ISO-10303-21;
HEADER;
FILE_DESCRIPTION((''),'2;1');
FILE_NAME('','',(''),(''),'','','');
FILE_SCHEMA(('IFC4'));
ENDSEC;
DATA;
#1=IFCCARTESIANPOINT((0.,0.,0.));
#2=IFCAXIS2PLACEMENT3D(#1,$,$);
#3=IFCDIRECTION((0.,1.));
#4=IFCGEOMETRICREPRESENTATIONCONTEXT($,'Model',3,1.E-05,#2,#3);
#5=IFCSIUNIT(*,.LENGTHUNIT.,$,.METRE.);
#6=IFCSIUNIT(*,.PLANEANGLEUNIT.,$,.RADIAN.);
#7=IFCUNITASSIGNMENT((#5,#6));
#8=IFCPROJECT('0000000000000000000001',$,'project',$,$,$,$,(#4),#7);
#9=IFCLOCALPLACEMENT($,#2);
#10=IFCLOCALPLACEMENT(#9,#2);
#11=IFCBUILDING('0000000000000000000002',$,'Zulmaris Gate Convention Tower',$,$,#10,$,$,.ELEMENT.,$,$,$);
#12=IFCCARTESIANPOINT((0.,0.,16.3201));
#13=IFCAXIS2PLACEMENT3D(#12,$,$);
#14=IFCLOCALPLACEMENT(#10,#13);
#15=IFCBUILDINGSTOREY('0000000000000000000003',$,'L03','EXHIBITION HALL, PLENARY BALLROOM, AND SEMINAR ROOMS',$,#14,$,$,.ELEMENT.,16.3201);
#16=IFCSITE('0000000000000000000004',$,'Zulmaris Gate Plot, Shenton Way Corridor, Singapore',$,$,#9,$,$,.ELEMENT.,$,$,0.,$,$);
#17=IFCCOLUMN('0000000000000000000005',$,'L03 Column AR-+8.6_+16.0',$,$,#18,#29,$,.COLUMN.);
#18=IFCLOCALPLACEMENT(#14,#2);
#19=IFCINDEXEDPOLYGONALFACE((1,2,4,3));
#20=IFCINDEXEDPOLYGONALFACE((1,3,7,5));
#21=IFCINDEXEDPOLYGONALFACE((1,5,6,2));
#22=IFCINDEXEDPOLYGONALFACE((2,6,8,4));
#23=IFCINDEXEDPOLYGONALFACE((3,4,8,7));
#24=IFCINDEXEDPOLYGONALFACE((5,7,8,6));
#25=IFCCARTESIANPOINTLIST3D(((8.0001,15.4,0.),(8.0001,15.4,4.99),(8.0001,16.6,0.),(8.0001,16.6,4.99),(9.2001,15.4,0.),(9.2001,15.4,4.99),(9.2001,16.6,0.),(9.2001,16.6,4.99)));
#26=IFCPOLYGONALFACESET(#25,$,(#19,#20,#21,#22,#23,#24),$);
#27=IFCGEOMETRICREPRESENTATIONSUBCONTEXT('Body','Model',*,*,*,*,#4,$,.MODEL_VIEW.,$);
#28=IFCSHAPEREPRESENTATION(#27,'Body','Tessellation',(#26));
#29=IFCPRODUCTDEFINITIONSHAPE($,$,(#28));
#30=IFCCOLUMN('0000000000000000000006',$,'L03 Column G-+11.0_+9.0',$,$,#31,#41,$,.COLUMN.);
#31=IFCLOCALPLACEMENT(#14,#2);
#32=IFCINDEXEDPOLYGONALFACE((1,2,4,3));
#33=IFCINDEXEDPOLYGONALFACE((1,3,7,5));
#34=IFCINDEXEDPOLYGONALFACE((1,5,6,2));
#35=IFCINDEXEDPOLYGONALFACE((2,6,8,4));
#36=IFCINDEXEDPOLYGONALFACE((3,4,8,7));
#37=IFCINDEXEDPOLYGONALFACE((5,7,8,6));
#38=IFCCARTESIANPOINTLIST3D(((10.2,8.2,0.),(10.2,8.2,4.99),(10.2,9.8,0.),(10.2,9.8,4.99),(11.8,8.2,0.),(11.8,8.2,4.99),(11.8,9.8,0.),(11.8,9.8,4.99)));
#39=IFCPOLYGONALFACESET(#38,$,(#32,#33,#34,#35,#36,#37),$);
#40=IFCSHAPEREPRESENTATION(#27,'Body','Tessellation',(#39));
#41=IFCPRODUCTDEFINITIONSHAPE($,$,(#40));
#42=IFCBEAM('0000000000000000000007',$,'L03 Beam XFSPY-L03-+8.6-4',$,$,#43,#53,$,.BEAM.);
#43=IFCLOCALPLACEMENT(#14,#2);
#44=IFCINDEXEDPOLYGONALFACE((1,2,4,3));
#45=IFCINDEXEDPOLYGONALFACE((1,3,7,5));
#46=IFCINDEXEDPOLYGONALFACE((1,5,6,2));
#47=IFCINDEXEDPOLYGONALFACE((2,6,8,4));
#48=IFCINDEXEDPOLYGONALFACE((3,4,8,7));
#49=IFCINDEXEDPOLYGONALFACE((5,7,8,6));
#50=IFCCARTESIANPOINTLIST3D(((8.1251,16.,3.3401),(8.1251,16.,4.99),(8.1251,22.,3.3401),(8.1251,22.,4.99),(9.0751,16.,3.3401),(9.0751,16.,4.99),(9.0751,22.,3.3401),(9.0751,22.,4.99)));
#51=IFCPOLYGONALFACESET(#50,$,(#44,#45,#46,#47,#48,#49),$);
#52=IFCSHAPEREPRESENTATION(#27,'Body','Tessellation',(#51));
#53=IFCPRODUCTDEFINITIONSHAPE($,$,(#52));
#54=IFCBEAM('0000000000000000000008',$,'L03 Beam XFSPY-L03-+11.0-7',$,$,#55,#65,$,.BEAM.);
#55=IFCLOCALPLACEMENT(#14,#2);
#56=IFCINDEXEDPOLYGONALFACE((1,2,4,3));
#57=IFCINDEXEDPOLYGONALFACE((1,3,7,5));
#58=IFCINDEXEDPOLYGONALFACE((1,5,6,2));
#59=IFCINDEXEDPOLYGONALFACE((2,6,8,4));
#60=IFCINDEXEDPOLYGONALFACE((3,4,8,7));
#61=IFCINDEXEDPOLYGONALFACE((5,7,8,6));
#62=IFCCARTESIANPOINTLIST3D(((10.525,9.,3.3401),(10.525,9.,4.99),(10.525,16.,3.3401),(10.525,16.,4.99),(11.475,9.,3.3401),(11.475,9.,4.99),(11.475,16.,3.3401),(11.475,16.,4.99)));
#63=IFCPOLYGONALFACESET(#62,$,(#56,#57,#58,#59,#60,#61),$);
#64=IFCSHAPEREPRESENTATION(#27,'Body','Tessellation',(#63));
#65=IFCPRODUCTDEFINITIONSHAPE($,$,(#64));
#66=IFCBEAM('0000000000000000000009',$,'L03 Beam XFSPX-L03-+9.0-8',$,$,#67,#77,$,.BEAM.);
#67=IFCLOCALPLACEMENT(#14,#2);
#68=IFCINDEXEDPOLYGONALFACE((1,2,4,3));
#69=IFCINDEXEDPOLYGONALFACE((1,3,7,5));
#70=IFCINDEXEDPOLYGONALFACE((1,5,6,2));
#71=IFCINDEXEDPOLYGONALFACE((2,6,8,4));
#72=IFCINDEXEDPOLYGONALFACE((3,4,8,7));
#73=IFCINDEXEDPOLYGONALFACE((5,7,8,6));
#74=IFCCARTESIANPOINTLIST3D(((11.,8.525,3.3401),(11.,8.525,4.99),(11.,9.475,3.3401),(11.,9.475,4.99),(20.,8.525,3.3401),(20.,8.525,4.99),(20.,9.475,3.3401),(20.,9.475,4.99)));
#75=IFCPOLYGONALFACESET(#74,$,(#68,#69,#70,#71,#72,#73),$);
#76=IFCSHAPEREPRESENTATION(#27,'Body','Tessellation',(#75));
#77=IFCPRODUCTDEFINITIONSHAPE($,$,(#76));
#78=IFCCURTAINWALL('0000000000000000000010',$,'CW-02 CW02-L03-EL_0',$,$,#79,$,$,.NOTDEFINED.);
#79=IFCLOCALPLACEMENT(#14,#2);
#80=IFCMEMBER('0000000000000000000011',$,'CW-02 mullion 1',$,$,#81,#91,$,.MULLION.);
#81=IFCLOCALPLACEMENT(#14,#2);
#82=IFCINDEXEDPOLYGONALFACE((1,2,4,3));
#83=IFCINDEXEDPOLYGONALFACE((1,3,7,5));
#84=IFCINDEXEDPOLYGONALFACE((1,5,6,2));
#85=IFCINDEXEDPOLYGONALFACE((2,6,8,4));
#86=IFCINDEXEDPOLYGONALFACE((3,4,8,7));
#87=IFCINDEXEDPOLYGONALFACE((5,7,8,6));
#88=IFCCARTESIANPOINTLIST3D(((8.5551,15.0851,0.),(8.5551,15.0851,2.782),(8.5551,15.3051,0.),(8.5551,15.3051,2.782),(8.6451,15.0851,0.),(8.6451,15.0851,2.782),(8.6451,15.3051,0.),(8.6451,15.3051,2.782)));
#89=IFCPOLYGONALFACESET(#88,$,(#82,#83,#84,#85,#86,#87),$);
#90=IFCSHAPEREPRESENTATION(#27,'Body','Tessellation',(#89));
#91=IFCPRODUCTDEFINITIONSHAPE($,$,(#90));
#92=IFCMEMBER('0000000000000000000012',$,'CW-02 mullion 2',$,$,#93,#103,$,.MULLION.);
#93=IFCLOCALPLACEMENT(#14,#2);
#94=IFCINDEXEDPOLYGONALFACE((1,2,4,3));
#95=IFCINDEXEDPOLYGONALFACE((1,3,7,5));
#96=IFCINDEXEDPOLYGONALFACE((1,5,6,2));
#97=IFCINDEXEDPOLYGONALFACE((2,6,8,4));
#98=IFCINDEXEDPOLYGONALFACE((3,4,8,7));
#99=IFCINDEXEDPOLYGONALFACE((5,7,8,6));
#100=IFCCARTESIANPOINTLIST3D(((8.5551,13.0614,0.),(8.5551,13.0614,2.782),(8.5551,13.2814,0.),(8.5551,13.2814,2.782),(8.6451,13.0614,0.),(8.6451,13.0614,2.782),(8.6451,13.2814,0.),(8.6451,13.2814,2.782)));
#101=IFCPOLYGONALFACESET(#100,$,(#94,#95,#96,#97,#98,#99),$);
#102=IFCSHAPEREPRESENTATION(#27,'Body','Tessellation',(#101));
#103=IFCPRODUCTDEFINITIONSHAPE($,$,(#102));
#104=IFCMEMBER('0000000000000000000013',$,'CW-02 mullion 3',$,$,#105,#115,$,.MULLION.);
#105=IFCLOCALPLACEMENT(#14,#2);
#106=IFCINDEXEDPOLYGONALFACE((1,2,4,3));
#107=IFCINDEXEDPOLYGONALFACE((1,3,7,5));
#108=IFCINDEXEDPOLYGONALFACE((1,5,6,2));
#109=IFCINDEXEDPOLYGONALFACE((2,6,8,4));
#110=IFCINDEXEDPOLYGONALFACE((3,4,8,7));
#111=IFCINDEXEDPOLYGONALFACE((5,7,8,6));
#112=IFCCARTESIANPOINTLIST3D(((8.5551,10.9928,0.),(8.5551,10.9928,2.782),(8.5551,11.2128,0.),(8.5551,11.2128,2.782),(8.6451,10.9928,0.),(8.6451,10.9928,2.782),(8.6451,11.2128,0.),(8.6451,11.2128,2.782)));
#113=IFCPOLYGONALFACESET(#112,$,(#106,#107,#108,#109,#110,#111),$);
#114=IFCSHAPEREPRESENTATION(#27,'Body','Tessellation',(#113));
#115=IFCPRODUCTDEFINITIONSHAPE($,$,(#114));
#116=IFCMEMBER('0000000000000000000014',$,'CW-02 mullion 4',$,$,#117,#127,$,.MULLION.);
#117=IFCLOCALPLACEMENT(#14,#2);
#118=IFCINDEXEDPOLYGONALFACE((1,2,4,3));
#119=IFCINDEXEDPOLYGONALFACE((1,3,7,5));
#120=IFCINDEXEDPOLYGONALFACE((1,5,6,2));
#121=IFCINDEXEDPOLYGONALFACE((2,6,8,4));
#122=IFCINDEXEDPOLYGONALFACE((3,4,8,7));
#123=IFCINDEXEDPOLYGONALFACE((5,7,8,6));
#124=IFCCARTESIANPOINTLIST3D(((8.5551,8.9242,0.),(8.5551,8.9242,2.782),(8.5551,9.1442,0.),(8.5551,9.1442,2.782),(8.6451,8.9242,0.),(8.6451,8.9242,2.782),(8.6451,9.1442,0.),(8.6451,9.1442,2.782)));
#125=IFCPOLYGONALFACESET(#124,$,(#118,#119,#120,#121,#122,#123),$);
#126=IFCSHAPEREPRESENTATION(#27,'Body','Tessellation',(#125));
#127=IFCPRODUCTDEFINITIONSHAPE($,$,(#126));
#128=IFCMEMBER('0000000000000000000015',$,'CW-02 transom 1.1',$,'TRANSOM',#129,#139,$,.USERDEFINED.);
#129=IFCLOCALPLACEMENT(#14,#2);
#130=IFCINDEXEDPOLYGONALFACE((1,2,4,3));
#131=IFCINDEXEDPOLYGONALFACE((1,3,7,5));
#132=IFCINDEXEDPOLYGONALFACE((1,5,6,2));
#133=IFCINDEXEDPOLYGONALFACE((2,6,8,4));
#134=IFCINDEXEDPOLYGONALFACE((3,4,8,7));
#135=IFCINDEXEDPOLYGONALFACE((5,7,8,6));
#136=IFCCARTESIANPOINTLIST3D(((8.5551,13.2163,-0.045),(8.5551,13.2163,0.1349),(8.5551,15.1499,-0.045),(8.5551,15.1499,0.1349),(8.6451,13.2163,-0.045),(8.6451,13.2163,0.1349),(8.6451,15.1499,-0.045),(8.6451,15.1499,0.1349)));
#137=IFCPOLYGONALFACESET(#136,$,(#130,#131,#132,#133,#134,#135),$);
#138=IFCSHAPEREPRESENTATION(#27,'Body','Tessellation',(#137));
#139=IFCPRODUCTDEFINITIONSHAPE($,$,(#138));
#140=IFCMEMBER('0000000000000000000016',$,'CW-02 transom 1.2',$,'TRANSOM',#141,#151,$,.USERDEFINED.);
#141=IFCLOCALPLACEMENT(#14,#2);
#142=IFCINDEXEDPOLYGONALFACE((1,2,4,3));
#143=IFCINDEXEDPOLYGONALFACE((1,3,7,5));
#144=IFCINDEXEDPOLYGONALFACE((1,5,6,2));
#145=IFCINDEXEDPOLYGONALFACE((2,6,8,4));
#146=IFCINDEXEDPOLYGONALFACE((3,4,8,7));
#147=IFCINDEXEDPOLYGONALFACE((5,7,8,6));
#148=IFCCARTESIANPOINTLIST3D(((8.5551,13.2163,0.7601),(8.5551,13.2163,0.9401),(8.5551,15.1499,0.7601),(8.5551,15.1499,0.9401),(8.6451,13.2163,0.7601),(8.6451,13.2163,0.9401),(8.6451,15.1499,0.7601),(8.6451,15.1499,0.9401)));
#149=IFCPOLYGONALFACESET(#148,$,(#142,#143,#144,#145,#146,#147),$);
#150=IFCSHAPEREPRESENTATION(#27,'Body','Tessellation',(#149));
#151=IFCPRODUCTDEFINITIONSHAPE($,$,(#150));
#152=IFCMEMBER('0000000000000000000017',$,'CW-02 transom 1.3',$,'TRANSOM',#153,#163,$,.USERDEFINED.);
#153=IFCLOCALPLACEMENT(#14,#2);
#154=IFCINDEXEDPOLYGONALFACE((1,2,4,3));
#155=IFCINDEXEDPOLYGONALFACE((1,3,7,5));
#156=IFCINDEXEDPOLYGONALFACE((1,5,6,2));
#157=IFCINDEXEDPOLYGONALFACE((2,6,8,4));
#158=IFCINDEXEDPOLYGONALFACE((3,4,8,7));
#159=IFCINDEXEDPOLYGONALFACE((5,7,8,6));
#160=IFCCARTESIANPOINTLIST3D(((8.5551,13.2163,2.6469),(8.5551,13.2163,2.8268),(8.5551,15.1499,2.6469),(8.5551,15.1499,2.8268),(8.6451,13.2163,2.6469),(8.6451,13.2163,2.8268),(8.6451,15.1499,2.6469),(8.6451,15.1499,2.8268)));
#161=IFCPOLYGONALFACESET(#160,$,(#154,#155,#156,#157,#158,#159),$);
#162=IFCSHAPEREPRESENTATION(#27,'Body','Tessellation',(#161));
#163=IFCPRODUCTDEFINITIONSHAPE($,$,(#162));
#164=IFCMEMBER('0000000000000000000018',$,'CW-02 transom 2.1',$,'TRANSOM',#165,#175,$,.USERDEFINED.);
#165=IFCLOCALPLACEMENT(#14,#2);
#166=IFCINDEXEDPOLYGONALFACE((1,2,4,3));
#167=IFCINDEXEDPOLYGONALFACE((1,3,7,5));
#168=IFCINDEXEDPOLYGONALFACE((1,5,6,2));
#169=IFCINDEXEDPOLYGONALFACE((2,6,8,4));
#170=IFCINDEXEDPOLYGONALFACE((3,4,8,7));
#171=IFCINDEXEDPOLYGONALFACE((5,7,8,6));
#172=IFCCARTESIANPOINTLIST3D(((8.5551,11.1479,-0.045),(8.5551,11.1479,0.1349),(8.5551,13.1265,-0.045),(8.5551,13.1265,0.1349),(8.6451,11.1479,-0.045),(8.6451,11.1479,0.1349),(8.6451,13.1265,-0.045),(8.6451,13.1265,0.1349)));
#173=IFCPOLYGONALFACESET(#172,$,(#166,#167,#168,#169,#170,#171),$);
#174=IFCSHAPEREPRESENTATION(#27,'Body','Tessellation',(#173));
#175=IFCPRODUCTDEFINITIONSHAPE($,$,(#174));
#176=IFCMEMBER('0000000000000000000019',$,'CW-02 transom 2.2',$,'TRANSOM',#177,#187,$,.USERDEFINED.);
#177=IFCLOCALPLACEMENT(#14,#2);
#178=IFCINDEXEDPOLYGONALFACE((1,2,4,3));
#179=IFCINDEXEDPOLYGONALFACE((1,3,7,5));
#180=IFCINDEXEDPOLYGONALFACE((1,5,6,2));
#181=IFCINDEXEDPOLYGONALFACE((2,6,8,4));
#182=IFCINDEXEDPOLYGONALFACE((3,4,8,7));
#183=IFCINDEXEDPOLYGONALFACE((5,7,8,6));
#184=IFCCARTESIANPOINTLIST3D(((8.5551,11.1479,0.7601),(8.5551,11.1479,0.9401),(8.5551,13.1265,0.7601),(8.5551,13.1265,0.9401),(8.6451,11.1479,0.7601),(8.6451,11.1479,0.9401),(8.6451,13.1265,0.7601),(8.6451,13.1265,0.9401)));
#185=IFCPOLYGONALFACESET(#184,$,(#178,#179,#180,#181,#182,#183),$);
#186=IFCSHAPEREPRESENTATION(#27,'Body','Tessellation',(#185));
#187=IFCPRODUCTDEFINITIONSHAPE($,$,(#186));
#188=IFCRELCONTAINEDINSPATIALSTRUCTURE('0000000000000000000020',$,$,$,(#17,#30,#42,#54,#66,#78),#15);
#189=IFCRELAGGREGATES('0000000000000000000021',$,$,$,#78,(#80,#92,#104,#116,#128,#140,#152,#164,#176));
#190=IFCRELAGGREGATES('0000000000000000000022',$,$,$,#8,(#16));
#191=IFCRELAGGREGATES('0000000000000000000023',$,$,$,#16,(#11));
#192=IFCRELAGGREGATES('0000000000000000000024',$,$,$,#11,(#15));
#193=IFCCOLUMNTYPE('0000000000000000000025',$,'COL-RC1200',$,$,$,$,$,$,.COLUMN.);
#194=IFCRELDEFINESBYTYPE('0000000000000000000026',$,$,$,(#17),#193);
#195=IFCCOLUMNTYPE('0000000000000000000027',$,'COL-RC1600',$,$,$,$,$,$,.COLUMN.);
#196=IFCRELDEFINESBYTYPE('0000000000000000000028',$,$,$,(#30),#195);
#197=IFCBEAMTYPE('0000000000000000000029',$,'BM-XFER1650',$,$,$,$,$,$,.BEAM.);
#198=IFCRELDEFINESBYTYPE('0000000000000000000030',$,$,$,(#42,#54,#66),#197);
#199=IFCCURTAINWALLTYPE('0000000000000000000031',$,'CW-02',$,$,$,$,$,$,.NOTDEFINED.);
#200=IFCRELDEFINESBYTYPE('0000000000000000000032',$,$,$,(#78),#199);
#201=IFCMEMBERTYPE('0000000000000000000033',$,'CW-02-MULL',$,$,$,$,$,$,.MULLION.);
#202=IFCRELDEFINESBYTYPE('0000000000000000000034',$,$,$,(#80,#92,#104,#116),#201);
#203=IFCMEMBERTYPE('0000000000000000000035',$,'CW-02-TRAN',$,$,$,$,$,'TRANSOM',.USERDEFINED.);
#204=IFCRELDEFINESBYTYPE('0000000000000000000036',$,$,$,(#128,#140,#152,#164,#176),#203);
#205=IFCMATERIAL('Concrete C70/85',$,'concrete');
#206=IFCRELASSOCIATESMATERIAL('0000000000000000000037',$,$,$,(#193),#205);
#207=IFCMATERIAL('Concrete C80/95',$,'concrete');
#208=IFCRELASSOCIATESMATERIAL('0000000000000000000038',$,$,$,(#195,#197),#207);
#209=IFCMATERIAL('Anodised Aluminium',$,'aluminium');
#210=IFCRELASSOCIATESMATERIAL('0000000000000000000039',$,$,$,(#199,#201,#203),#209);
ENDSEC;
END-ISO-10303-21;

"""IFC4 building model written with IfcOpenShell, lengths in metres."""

from ifc_helpers import new_model, si_unit, direction, frame, origin, origin_2d, place, context, subcontext, project, spatial, rectangle, extrude, material, material_profile, profile_set, type_object, element, aggregate, save


model = new_model("IFC4")

# Units and contexts
model_context = context("Model", 3, precision=1e-05, world=origin(), true_north=direction((0.0, 1.0)))
body_context = subcontext(model_context, "Body", "Model", "MODEL_VIEW")
ifc_project = project(units=[si_unit("LENGTHUNIT", "METRE"), si_unit("PLANEANGLEUNIT", "RADIAN")], contexts=[model_context])

# Site, building, storey
site_placement = place(None, origin())
site = spatial("IfcSite", under=ifc_project, at=site_placement, Name="Zulmaris Gate Plot, Shenton Way Corridor, Singapore", CompositionType="ELEMENT", RefElevation=0.0)
building_placement = place(site_placement, origin())
building = spatial("IfcBuilding", under=site, at=building_placement, Name="Zulmaris Gate Convention Tower", CompositionType="ELEMENT")
storey_placement = place(building_placement, frame((0.0, 0.0, 16.3201)))
storey = spatial("IfcBuildingStorey", under=building, at=storey_placement, Name="L03", Description="EXHIBITION HALL, PLENARY BALLROOM, AND SEMINAR ROOMS", CompositionType="ELEMENT", Elevation=16.3201)

# Columns
ifc_material_1 = material(Name="Concrete C70/85", Category="concrete")
ifc_material_profile_1 = material_profile(ifc_material_1, rectangle(XDim=1.2, YDim=1.2, at=origin_2d()), Name="RC COL 1200x1200")
ifc_profile_set_1 = profile_set([ifc_material_profile_1], Name="Concrete C70/85")
column_type_1 = type_object("IfcColumnType", Name="COL-RC1200", PredefinedType="COLUMN", material=ifc_profile_set_1)
column_1_placement = place(storey_placement, frame((8.6001, 16.0, 0.0), z_axis=(0.0, 0.0, 1.0), x_axis=(1.0, 0.0, 0.0)))
element("IfcColumn", 1, at=column_1_placement, inside=storey, type_object=column_type_1, Name="L03 Column AR-+8.6_+16.0", PredefinedType="COLUMN", context=body_context, shape_type="SweptSolid", body=[
    extrude(rectangle(XDim=1.2, YDim=1.2, at=origin_2d()), origin(), (0.0, 0.0, 1.0), 4.99),
])
ifc_material_2 = material(Name="Concrete C80/95", Category="concrete")
ifc_material_profile_2 = material_profile(ifc_material_2, rectangle(XDim=1.6001, YDim=1.6001, at=origin_2d()), Name="RC COL 1600x1600")
ifc_profile_set_2 = profile_set([ifc_material_profile_2], Name="Concrete C80/95")
column_type_2 = type_object("IfcColumnType", Name="COL-RC1600", PredefinedType="COLUMN", material=ifc_profile_set_2)
column_2_placement = place(storey_placement, frame((11.0, 9.0, 0.0), z_axis=(0.0, 0.0, 1.0), x_axis=(1.0, 0.0, 0.0)))
element("IfcColumn", 2, at=column_2_placement, inside=storey, type_object=column_type_2, Name="L03 Column G-+11.0_+9.0", PredefinedType="COLUMN", context=body_context, shape_type="SweptSolid", body=[
    extrude(rectangle(XDim=1.6001, YDim=1.6001, at=origin_2d()), origin(), (0.0, 0.0, 1.0), 4.99),
])

# Beams
ifc_material_profile_3 = material_profile(ifc_material_2, rectangle(XDim=0.95, YDim=1.6499, at=origin_2d()), Name="RC TRANSFER 950x1650")
ifc_profile_set_3 = profile_set([ifc_material_profile_3], Name="Concrete C80/95")
beam_type = type_object("IfcBeamType", Name="BM-XFER1650", PredefinedType="BEAM", material=ifc_profile_set_3)
beam_1_placement = place(storey_placement, frame((8.6001, 16.0, 4.165), z_axis=(0.0, 1.0, 0.0), x_axis=(-1.0, 0.0, 0.0)))
element("IfcBeam", 3, at=beam_1_placement, inside=storey, type_object=beam_type, Name="L03 Beam XFSPY-L03-+8.6-4", PredefinedType="BEAM", context=body_context, shape_type="SweptSolid", body=[
    extrude(rectangle(XDim=0.95, YDim=1.6499, at=origin_2d()), origin(), (0.0, 0.0, 1.0), 6.0),
])
beam_2_placement = place(storey_placement, frame((11.0, 9.0, 4.165), z_axis=(0.0, 1.0, 0.0), x_axis=(-1.0, 0.0, 0.0)))
element("IfcBeam", 4, at=beam_2_placement, inside=storey, type_object=beam_type, Name="L03 Beam XFSPY-L03-+11.0-7", PredefinedType="BEAM", context=body_context, shape_type="SweptSolid", body=[
    extrude(rectangle(XDim=0.95, YDim=1.6499, at=origin_2d()), origin(), (0.0, 0.0, 1.0), 7.0),
])
beam_3_placement = place(storey_placement, frame((11.0, 9.0, 4.165), z_axis=(1.0, 0.0, 0.0), x_axis=(0.0, 1.0, 0.0)))
element("IfcBeam", 5, at=beam_3_placement, inside=storey, type_object=beam_type, Name="L03 Beam XFSPX-L03-+9.0-8", PredefinedType="BEAM", context=body_context, shape_type="SweptSolid", body=[
    extrude(rectangle(XDim=0.95, YDim=1.6499, at=origin_2d()), origin(), (0.0, 0.0, 1.0), 9.0),
])

# Curtain wall, members
ifc_material_3 = material(Name="Anodised Aluminium", Category="aluminium")
curtain_wall_type = type_object("IfcCurtainWallType", Name="CW-02", PredefinedType="NOTDEFINED", material=ifc_material_3)
curtain_wall_placement = place(storey_placement, origin())
curtain_wall = element("IfcCurtainWall", 6, at=curtain_wall_placement, inside=storey, type_object=curtain_wall_type, Name="CW-02 CW02-L03-EL_0", PredefinedType="NOTDEFINED")
ifc_material_profile_4 = material_profile(ifc_material_3, rectangle(XDim=0.0901, YDim=0.22, at=origin_2d()), Name="ALU MULLION 90x220")
ifc_profile_set_4 = profile_set([ifc_material_profile_4], Name="Anodised Aluminium")
member_type_1 = type_object("IfcMemberType", Name="CW-02-MULL", PredefinedType="MULLION", material=ifc_profile_set_4)
member_1_placement = place(storey_placement, frame((8.6001, 15.1951, 0.0), z_axis=(0.0, 0.0, 1.0), x_axis=(1.0, 0.0, 0.0)))
member_1 = element("IfcMember", 7, at=member_1_placement, type_object=member_type_1, Name="CW-02 mullion 1", PredefinedType="MULLION", context=body_context, shape_type="SweptSolid", body=[
    extrude(rectangle(XDim=0.0901, YDim=0.22, at=origin_2d()), origin(), (0.0, 0.0, 1.0), 2.782),
])
member_2_placement = place(storey_placement, frame((8.6001, 13.1714, 0.0), z_axis=(0.0, 0.0, 1.0), x_axis=(1.0, 0.0, 0.0)))
member_2 = element("IfcMember", 8, at=member_2_placement, type_object=member_type_1, Name="CW-02 mullion 2", PredefinedType="MULLION", context=body_context, shape_type="SweptSolid", body=[
    extrude(rectangle(XDim=0.0901, YDim=0.22, at=origin_2d()), origin(), (0.0, 0.0, 1.0), 2.782),
])
member_3_placement = place(storey_placement, frame((8.6001, 11.1028, 0.0), z_axis=(0.0, 0.0, 1.0), x_axis=(1.0, 0.0, 0.0)))
member_3 = element("IfcMember", 9, at=member_3_placement, type_object=member_type_1, Name="CW-02 mullion 3", PredefinedType="MULLION", context=body_context, shape_type="SweptSolid", body=[
    extrude(rectangle(XDim=0.0901, YDim=0.22, at=origin_2d()), origin(), (0.0, 0.0, 1.0), 2.782),
])
member_4_placement = place(storey_placement, frame((8.6001, 9.0342, 0.0), z_axis=(0.0, 0.0, 1.0), x_axis=(1.0, 0.0, 0.0)))
member_4 = element("IfcMember", 10, at=member_4_placement, type_object=member_type_1, Name="CW-02 mullion 4", PredefinedType="MULLION", context=body_context, shape_type="SweptSolid", body=[
    extrude(rectangle(XDim=0.0901, YDim=0.22, at=origin_2d()), origin(), (0.0, 0.0, 1.0), 2.782),
])
ifc_material_profile_5 = material_profile(ifc_material_3, rectangle(XDim=0.0901, YDim=0.1799, at=origin_2d()), Name="ALU TRANSOM 90x180")
ifc_profile_set_5 = profile_set([ifc_material_profile_5], Name="Anodised Aluminium")
member_type_2 = type_object("IfcMemberType", Name="CW-02-TRAN", ElementType="TRANSOM", PredefinedType="USERDEFINED", material=ifc_profile_set_5)
member_5_placement = place(storey_placement, frame((8.6001, 15.1499, 0.0449), z_axis=(0.0, -1.0, 0.0), x_axis=(1.0, 0.0, 0.0)))
member_5 = element("IfcMember", 11, at=member_5_placement, type_object=member_type_2, Name="CW-02 transom 1.1", ObjectType="TRANSOM", PredefinedType="USERDEFINED", context=body_context, shape_type="SweptSolid", body=[
    extrude(rectangle(XDim=0.0901, YDim=0.1799, at=origin_2d()), origin(), (0.0, 0.0, 1.0), 1.9336),
])
member_6_placement = place(storey_placement, frame((8.6001, 15.1499, 0.8501), z_axis=(0.0, -1.0, 0.0), x_axis=(1.0, 0.0, 0.0)))
member_6 = element("IfcMember", 12, at=member_6_placement, type_object=member_type_2, Name="CW-02 transom 1.2", ObjectType="TRANSOM", PredefinedType="USERDEFINED", context=body_context, shape_type="SweptSolid", body=[
    extrude(rectangle(XDim=0.0901, YDim=0.1799, at=origin_2d()), origin(), (0.0, 0.0, 1.0), 1.9336),
])
member_7_placement = place(storey_placement, frame((8.6001, 15.1499, 2.7368), z_axis=(0.0, -1.0, 0.0), x_axis=(1.0, 0.0, 0.0)))
member_7 = element("IfcMember", 13, at=member_7_placement, type_object=member_type_2, Name="CW-02 transom 1.3", ObjectType="TRANSOM", PredefinedType="USERDEFINED", context=body_context, shape_type="SweptSolid", body=[
    extrude(rectangle(XDim=0.0901, YDim=0.1799, at=origin_2d()), origin(), (0.0, 0.0, 1.0), 1.9336),
])
member_8_placement = place(storey_placement, frame((8.6001, 13.1265, 0.0449), z_axis=(0.0, -1.0, 0.0), x_axis=(1.0, 0.0, 0.0)))
member_8 = element("IfcMember", 14, at=member_8_placement, type_object=member_type_2, Name="CW-02 transom 2.1", ObjectType="TRANSOM", PredefinedType="USERDEFINED", context=body_context, shape_type="SweptSolid", body=[
    extrude(rectangle(XDim=0.0901, YDim=0.1799, at=origin_2d()), origin(), (0.0, 0.0, 1.0), 1.9785),
])
member_9_placement = place(storey_placement, frame((8.6001, 13.1265, 0.8501), z_axis=(0.0, -1.0, 0.0), x_axis=(1.0, 0.0, 0.0)))
member_9 = element("IfcMember", 15, at=member_9_placement, type_object=member_type_2, Name="CW-02 transom 2.2", ObjectType="TRANSOM", PredefinedType="USERDEFINED", context=body_context, shape_type="SweptSolid", body=[
    extrude(rectangle(XDim=0.0901, YDim=0.1799, at=origin_2d()), origin(), (0.0, 0.0, 1.0), 1.9785),
])
aggregate(curtain_wall, [member_1, member_2, member_3, member_4, member_5, member_6, member_7, member_8, member_9])

save(model, "model.ifc")
